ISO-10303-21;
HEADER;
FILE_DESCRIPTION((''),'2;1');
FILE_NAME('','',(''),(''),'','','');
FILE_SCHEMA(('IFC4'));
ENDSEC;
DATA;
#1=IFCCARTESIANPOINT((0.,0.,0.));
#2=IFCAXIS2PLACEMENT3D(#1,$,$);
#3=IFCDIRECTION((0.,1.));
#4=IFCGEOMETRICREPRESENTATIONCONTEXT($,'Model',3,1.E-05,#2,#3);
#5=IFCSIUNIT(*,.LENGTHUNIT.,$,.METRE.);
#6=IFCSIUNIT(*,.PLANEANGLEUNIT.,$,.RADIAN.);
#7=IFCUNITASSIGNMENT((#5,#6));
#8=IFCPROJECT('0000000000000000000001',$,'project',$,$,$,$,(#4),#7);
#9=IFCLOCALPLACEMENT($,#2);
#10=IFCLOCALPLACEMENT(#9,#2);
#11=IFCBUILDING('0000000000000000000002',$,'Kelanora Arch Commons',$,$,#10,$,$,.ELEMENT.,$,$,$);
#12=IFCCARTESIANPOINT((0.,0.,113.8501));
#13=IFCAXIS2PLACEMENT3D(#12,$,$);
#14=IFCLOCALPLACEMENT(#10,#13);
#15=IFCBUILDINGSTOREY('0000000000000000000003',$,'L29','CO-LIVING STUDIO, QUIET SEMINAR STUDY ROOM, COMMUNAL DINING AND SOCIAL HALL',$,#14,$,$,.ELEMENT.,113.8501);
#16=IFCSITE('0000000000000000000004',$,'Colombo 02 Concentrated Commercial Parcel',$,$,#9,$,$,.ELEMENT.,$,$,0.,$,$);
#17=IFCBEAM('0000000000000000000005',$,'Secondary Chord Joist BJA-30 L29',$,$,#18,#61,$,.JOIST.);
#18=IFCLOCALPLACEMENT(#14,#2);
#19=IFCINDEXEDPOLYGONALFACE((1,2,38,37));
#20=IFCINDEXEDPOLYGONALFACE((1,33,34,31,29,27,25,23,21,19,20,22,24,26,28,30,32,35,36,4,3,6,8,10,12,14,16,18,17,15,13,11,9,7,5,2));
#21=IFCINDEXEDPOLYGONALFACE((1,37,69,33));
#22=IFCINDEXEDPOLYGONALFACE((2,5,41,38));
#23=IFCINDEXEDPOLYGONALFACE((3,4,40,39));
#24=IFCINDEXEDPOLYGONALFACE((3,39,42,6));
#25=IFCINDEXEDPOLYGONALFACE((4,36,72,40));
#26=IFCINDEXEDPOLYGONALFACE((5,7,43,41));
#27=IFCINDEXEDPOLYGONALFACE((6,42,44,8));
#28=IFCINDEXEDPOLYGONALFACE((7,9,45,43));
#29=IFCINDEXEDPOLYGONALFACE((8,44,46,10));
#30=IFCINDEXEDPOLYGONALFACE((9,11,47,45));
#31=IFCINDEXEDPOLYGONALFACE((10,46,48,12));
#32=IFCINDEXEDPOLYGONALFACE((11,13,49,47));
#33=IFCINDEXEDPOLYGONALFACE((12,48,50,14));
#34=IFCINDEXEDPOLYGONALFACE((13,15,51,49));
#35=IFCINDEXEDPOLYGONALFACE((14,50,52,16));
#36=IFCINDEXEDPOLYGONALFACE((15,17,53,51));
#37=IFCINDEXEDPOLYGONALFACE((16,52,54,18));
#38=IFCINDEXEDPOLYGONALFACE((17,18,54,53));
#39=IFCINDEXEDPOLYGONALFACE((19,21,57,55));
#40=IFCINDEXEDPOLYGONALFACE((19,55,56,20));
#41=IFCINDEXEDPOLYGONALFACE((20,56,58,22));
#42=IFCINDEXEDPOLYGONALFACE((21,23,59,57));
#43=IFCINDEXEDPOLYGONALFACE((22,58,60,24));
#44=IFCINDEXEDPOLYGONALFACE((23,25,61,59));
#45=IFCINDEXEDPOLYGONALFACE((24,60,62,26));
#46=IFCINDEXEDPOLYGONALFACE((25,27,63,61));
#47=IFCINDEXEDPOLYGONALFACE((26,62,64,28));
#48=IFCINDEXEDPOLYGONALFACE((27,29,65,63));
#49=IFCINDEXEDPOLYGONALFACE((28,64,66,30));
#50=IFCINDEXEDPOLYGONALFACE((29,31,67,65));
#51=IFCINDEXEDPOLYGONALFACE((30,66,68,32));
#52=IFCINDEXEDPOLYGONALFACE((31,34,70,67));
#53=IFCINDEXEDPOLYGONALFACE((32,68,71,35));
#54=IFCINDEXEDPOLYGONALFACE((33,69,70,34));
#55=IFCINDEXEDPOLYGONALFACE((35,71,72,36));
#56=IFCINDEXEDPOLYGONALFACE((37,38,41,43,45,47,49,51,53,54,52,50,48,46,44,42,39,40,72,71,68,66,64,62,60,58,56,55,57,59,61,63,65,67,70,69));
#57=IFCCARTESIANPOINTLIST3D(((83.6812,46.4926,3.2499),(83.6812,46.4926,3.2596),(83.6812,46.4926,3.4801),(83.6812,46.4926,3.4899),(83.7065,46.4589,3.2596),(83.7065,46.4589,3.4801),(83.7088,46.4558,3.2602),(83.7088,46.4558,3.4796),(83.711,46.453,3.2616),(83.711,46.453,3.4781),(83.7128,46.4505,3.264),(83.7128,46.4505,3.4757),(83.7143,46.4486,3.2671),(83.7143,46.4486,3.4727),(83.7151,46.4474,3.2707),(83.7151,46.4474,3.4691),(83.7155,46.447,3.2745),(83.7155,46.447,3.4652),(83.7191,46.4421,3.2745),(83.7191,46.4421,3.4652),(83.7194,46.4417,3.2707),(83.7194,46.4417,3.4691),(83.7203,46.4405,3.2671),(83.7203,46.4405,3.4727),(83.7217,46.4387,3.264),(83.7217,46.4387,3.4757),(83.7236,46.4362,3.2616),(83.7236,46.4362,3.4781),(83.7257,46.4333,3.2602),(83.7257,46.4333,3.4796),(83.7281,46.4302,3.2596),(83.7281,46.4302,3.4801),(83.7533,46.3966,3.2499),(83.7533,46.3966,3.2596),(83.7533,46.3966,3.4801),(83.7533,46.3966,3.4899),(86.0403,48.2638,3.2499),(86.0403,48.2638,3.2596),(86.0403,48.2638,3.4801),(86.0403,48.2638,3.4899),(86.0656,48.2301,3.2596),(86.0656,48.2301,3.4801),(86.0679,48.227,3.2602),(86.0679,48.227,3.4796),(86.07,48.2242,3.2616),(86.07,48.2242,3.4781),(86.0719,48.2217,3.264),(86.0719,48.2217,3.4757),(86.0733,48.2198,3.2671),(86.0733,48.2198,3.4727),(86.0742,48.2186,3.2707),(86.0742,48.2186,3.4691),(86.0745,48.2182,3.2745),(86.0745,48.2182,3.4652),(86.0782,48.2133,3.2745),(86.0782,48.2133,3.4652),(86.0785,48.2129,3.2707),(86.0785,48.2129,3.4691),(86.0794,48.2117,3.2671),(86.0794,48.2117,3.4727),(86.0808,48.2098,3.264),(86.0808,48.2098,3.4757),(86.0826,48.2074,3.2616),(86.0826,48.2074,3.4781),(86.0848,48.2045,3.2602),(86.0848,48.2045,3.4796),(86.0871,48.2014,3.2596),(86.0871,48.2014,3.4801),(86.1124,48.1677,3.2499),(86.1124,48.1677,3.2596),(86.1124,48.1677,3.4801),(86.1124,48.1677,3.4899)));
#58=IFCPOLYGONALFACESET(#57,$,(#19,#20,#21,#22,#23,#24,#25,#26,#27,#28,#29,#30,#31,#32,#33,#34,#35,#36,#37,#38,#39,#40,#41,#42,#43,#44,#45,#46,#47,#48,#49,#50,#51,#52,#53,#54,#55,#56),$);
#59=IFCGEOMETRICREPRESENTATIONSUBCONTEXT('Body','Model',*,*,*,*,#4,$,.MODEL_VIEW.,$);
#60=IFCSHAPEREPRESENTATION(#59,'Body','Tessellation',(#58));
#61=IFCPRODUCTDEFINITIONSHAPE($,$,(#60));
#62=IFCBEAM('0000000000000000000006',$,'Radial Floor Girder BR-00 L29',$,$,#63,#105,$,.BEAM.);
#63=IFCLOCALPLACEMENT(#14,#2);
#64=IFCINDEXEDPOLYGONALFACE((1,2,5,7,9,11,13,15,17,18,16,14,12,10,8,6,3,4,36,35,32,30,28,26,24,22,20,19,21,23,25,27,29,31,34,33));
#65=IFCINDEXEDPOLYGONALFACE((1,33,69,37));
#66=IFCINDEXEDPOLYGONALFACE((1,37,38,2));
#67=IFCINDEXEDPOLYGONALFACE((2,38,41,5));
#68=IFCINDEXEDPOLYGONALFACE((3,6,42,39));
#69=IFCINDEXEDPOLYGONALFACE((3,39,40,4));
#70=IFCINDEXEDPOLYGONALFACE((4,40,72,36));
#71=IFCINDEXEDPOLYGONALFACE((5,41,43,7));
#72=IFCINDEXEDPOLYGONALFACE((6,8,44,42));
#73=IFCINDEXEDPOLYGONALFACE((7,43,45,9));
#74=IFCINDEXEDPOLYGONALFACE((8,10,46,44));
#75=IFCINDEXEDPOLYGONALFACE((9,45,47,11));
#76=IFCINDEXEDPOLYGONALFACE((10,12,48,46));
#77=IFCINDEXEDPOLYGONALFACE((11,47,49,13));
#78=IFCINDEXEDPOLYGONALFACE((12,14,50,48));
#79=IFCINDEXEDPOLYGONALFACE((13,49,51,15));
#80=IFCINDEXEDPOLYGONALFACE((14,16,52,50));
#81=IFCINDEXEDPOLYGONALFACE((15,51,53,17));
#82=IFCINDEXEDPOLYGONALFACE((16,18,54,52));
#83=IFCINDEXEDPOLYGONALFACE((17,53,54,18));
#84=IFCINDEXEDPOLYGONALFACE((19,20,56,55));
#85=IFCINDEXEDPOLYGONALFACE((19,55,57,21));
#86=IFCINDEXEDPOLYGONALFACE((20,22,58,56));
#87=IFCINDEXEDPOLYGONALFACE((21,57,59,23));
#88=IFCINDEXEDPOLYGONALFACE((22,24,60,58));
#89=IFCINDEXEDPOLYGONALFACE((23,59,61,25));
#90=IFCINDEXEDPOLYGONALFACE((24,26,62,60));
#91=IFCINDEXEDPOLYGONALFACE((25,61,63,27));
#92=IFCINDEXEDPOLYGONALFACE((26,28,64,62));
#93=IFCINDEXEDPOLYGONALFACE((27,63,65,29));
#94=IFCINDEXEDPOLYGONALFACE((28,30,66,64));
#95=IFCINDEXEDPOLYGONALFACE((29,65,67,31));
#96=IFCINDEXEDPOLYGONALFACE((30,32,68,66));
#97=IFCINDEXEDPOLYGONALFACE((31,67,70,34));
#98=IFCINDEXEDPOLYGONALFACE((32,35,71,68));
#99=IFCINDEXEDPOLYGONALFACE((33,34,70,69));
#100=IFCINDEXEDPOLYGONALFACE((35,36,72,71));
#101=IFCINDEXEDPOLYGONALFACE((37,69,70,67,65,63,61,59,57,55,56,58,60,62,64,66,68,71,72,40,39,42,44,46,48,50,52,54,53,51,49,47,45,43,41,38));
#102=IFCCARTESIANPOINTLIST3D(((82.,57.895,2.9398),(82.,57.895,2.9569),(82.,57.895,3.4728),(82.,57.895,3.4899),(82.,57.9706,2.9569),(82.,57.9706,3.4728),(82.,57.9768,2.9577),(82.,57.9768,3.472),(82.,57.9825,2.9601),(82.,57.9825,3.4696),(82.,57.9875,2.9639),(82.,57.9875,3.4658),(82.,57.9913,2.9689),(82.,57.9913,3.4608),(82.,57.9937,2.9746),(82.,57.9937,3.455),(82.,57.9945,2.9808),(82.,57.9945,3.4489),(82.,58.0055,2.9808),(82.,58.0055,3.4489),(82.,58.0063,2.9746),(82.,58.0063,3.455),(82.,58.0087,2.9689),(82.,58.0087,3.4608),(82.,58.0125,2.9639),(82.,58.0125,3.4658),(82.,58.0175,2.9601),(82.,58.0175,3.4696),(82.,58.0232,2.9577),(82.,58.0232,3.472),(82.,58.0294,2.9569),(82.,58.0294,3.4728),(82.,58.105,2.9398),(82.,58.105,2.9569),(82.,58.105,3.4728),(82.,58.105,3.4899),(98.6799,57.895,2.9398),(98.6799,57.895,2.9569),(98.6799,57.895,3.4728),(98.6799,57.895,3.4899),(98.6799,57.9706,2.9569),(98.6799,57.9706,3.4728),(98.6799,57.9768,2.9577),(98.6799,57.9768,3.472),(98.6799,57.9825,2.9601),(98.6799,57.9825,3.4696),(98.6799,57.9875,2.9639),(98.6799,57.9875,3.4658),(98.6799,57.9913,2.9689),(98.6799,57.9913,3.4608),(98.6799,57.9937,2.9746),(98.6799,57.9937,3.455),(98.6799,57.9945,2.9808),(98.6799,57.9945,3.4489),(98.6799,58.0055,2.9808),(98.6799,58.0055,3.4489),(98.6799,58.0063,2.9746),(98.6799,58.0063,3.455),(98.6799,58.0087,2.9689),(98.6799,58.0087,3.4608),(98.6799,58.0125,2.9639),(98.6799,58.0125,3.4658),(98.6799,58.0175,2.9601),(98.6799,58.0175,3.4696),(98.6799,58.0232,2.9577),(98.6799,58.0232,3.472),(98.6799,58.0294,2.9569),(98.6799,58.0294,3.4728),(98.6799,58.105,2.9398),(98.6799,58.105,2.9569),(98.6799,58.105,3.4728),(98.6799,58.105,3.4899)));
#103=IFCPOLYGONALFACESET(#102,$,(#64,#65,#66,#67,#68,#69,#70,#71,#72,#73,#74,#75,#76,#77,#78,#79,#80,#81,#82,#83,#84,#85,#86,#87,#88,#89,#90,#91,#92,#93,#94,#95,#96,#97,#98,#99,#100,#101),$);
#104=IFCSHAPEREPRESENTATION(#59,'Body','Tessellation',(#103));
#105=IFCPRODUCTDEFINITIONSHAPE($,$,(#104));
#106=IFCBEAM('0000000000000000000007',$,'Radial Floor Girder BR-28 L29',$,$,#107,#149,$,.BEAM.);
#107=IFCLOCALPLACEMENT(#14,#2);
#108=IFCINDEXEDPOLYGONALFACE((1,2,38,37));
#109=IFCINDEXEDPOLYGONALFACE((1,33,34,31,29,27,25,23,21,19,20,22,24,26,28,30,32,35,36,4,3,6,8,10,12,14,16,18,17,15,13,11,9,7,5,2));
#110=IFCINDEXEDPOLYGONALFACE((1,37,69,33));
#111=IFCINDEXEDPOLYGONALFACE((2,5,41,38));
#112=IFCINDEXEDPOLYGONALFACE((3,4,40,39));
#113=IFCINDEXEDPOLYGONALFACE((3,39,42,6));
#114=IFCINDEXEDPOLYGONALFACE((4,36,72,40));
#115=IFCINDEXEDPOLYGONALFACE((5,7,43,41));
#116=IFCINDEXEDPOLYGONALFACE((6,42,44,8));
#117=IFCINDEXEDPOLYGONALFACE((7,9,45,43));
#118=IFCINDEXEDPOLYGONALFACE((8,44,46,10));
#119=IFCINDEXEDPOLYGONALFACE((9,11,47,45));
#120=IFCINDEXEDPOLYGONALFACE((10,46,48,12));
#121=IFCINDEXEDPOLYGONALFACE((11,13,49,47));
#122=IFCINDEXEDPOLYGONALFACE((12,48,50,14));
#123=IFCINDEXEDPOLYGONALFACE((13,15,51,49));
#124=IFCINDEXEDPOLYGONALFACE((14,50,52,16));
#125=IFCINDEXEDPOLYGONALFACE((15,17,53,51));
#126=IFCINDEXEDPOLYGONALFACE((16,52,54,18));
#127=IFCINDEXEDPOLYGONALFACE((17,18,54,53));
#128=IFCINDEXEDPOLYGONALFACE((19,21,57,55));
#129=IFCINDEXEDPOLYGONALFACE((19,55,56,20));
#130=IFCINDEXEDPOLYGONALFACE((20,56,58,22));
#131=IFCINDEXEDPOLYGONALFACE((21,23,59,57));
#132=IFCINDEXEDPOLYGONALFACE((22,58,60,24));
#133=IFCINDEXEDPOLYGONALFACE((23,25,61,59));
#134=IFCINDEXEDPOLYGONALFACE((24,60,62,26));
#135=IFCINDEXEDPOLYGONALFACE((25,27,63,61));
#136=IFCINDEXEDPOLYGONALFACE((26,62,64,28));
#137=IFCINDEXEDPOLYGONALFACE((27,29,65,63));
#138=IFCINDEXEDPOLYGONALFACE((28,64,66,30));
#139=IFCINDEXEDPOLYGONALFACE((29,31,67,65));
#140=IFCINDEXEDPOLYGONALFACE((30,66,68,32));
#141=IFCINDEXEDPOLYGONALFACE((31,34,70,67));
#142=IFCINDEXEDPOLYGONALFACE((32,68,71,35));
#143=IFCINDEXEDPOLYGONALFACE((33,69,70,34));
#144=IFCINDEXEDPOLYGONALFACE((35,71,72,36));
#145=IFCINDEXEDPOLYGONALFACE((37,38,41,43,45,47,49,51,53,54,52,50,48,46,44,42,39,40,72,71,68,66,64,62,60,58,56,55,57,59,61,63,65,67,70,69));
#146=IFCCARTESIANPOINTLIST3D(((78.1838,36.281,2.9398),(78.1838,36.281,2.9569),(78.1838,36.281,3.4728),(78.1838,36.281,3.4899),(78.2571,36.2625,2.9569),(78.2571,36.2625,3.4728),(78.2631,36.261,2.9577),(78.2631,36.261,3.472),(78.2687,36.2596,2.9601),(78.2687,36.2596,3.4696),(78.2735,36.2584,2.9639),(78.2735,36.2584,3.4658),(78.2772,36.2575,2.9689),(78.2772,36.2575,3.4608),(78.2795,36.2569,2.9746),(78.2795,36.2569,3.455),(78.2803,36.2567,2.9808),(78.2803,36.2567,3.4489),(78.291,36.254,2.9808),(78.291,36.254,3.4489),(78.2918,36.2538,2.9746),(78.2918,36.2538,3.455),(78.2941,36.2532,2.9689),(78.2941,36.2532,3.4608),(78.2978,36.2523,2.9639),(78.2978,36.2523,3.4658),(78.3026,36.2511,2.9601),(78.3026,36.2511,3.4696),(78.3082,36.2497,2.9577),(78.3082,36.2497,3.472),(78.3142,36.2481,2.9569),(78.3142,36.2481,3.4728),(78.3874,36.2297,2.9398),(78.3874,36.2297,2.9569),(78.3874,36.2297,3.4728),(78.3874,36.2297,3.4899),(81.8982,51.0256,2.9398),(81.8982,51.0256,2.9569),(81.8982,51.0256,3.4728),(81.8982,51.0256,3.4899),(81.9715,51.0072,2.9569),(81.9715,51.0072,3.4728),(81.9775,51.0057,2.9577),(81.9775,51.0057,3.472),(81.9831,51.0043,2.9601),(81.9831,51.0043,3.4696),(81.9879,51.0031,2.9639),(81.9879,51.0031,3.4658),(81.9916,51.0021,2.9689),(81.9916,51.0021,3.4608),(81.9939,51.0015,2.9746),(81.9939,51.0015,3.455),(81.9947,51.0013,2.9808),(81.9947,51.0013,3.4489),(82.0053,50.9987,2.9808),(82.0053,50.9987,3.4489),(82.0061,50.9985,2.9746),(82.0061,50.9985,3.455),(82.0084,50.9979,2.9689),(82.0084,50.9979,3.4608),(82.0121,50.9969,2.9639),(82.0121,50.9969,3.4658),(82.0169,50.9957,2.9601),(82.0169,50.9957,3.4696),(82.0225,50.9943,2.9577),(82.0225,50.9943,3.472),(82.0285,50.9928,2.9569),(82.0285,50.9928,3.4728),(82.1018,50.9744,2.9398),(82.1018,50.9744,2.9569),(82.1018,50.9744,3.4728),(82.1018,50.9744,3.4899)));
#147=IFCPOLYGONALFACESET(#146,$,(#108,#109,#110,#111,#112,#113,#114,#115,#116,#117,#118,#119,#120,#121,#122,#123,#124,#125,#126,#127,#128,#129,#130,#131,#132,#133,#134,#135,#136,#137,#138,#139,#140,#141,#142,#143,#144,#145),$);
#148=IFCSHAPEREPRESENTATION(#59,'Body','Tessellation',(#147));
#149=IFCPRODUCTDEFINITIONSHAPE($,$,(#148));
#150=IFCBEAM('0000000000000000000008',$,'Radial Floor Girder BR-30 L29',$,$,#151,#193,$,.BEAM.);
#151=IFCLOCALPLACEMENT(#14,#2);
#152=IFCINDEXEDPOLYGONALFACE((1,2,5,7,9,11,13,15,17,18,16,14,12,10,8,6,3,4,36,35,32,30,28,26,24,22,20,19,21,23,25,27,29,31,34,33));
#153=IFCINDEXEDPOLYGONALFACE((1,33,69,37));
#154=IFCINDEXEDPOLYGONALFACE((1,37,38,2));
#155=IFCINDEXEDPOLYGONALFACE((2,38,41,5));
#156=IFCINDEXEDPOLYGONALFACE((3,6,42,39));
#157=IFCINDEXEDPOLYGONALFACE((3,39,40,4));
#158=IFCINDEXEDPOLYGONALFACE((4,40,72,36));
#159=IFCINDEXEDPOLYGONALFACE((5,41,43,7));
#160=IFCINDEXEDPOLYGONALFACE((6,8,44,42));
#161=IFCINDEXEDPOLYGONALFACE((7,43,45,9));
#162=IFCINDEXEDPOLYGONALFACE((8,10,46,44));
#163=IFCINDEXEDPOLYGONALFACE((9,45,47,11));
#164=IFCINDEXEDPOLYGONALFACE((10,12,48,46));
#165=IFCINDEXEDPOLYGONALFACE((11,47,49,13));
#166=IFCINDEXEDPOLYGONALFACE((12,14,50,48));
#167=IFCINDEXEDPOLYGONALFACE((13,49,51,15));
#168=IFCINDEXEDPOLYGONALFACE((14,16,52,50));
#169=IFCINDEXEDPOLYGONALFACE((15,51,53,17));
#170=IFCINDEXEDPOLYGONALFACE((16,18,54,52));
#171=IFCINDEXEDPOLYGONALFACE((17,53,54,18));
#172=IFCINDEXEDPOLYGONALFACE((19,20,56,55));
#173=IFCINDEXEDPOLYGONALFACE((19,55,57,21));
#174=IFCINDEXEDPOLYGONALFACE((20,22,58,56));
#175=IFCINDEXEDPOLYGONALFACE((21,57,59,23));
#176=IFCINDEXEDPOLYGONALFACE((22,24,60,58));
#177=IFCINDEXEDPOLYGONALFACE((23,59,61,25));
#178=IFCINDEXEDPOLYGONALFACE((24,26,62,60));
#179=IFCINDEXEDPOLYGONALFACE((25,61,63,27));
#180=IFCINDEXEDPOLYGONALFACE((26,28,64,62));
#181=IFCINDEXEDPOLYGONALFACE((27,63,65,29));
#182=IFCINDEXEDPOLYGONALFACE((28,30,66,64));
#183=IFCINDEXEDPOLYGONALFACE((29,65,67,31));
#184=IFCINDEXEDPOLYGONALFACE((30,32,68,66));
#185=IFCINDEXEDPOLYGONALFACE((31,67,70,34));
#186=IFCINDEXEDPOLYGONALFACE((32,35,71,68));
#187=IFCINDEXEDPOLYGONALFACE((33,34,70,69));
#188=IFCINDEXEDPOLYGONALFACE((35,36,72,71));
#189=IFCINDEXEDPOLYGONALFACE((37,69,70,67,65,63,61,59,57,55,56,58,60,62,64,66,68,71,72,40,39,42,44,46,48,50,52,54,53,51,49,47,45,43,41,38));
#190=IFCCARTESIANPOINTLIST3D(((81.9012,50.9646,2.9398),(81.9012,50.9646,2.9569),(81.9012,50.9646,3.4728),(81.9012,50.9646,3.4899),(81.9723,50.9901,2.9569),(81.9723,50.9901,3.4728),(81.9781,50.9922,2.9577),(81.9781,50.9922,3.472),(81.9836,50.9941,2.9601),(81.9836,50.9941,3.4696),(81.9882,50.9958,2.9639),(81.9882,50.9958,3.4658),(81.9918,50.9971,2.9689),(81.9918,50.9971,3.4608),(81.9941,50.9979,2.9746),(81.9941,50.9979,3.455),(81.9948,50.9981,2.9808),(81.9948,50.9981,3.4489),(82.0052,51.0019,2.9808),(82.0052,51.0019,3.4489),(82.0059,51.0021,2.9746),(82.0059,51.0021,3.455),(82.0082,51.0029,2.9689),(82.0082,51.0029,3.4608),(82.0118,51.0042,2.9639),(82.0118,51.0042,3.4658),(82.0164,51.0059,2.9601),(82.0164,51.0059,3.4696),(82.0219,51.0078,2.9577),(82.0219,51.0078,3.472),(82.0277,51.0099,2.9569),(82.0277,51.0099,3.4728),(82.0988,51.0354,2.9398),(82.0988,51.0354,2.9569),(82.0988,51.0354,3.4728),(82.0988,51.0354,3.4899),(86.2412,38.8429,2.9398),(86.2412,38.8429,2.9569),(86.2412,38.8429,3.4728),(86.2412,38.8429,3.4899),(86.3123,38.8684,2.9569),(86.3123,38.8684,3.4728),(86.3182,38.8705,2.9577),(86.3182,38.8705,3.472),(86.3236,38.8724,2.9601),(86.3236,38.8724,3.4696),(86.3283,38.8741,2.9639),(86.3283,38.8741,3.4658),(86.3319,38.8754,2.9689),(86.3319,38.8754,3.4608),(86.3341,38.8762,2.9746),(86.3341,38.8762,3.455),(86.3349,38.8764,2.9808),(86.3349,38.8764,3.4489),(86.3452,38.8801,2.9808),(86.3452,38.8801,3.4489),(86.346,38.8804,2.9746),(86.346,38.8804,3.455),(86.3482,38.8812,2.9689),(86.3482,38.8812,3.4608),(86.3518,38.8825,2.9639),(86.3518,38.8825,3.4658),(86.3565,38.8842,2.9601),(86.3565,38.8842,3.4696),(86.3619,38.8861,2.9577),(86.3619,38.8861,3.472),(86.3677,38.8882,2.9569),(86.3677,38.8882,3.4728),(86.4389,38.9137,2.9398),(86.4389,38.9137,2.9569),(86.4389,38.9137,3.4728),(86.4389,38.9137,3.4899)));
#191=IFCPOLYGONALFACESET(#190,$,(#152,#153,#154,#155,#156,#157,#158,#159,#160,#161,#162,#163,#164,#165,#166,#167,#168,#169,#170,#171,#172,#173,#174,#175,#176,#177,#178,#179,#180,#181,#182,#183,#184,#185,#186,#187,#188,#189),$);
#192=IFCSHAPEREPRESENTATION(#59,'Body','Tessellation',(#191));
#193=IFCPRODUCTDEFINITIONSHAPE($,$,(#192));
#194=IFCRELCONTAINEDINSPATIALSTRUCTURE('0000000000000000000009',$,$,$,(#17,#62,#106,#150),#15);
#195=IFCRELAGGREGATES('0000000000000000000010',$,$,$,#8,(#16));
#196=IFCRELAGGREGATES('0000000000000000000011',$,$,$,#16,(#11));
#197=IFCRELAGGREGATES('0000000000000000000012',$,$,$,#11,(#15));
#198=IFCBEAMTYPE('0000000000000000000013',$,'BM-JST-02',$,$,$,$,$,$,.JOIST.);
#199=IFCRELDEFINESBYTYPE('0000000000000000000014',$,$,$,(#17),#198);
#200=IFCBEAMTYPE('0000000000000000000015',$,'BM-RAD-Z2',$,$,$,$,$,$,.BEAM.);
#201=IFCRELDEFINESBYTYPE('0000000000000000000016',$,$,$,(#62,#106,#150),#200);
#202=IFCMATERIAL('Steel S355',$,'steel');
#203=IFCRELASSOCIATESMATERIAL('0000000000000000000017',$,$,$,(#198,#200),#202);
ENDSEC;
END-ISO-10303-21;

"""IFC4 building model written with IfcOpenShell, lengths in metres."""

from ifc_helpers import new_model, si_unit, direction, frame, origin, origin_2d, place, context, subcontext, project, spatial, i_section, extrude, material, material_profile, profile_set, type_object, element, save


model = new_model("IFC4")

# Units and contexts
model_context = context("Model", 3, precision=1e-05, world=origin(), true_north=direction((0.0, 1.0)))
body_context = subcontext(model_context, "Body", "Model", "MODEL_VIEW")
ifc_project = project(units=[si_unit("LENGTHUNIT", "METRE"), si_unit("PLANEANGLEUNIT", "RADIAN")], contexts=[model_context])

# Site, building, storey
site_placement = place(None, origin())
site = spatial("IfcSite", under=ifc_project, at=site_placement, Name="Colombo 02 Concentrated Commercial Parcel", CompositionType="ELEMENT", RefElevation=0.0)
building_placement = place(site_placement, origin())
building = spatial("IfcBuilding", under=site, at=building_placement, Name="Kelanora Arch Commons", CompositionType="ELEMENT")
storey_placement = place(building_placement, frame((0.0, 0.0, 113.8501)))
storey = spatial("IfcBuildingStorey", under=building, at=storey_placement, Name="L29", Description="CO-LIVING STUDIO, QUIET SEMINAR STUDY ROOM, COMMUNAL DINING AND SOCIAL HALL", CompositionType="ELEMENT", Elevation=113.8501)

# Beams
ifc_material_1 = material(Name="Steel S355", Category="steel")
ifc_material_profile_1 = material_profile(ifc_material_1, i_section(OverallWidth=0.1201, OverallDepth=0.24, WebThickness=0.0061, FlangeThickness=0.0098, FilletRadius=0.0149, at=origin_2d()), Name="IPE240")
ifc_profile_set_1 = profile_set([ifc_material_profile_1], Name="Steel S355")
beam_type_1 = type_object("IfcBeamType", Name="BM-JST-02", PredefinedType="JOIST", material=ifc_profile_set_1)
beam_1_placement = place(storey_placement, frame((83.7173, 46.4446, 3.3699), z_axis=(0.799692, 0.60041, 0.0), x_axis=(-0.60041, 0.799692, 0.0)))
element("IfcBeam", 1, at=beam_1_placement, inside=storey, type_object=beam_type_1, Name="Secondary Chord Joist BJA-30 L29", PredefinedType="JOIST", context=body_context, shape_type="SweptSolid", body=[
    extrude(i_section(OverallWidth=0.1201, OverallDepth=0.24, WebThickness=0.0061, FlangeThickness=0.0098, FilletRadius=0.0149, at=origin_2d()), origin(), (0.0, 0.0, 1.0), 2.95),
])
ifc_material_profile_2 = material_profile(ifc_material_1, i_section(OverallWidth=0.21, OverallDepth=0.55, WebThickness=0.011, FlangeThickness=0.0171, FilletRadius=0.0239, at=origin_2d()), Name="IPE550")
ifc_profile_set_2 = profile_set([ifc_material_profile_2], Name="Steel S355")
beam_type_2 = type_object("IfcBeamType", Name="BM-RAD-Z2", PredefinedType="BEAM", material=ifc_profile_set_2)
beam_2_placement = place(storey_placement, frame((82.0, 58.0, 3.2148), z_axis=(1.0, 0.0, 0.0), x_axis=(0.0, 1.0, 0.0)))
element("IfcBeam", 2, at=beam_2_placement, inside=storey, type_object=beam_type_2, Name="Radial Floor Girder BR-00 L29", PredefinedType="BEAM", context=body_context, shape_type="SweptSolid", body=[
    extrude(i_section(OverallWidth=0.21, OverallDepth=0.55, WebThickness=0.011, FlangeThickness=0.0171, FilletRadius=0.0239, at=origin_2d()), origin(), (0.0, 0.0, 1.0), 16.6799),
])
beam_3_placement = place(storey_placement, frame((82.0, 51.0, 3.2148), z_axis=(-0.244281, -0.969705, 0.0), x_axis=(0.969705, -0.244281, 0.0)))
element("IfcBeam", 3, at=beam_3_placement, inside=storey, type_object=beam_type_2, Name="Radial Floor Girder BR-28 L29", PredefinedType="BEAM", context=body_context, shape_type="SweptSolid", body=[
    extrude(i_section(OverallWidth=0.21, OverallDepth=0.55, WebThickness=0.011, FlangeThickness=0.0171, FilletRadius=0.0239, at=origin_2d()), origin(), (0.0, 0.0, 1.0), 15.2053),
])
beam_4_placement = place(storey_placement, frame((82.0, 51.0, 3.2148), z_axis=(0.337085, -0.941474, 0.0), x_axis=(0.941474, 0.337085, 0.0)))
element("IfcBeam", 4, at=beam_4_placement, inside=storey, type_object=beam_type_2, Name="Radial Floor Girder BR-30 L29", PredefinedType="BEAM", context=body_context, shape_type="SweptSolid", body=[
    extrude(i_section(OverallWidth=0.21, OverallDepth=0.55, WebThickness=0.011, FlangeThickness=0.0171, FilletRadius=0.0239, at=origin_2d()), origin(), (0.0, 0.0, 1.0), 12.8752),
])

save(model, "model.ifc")
